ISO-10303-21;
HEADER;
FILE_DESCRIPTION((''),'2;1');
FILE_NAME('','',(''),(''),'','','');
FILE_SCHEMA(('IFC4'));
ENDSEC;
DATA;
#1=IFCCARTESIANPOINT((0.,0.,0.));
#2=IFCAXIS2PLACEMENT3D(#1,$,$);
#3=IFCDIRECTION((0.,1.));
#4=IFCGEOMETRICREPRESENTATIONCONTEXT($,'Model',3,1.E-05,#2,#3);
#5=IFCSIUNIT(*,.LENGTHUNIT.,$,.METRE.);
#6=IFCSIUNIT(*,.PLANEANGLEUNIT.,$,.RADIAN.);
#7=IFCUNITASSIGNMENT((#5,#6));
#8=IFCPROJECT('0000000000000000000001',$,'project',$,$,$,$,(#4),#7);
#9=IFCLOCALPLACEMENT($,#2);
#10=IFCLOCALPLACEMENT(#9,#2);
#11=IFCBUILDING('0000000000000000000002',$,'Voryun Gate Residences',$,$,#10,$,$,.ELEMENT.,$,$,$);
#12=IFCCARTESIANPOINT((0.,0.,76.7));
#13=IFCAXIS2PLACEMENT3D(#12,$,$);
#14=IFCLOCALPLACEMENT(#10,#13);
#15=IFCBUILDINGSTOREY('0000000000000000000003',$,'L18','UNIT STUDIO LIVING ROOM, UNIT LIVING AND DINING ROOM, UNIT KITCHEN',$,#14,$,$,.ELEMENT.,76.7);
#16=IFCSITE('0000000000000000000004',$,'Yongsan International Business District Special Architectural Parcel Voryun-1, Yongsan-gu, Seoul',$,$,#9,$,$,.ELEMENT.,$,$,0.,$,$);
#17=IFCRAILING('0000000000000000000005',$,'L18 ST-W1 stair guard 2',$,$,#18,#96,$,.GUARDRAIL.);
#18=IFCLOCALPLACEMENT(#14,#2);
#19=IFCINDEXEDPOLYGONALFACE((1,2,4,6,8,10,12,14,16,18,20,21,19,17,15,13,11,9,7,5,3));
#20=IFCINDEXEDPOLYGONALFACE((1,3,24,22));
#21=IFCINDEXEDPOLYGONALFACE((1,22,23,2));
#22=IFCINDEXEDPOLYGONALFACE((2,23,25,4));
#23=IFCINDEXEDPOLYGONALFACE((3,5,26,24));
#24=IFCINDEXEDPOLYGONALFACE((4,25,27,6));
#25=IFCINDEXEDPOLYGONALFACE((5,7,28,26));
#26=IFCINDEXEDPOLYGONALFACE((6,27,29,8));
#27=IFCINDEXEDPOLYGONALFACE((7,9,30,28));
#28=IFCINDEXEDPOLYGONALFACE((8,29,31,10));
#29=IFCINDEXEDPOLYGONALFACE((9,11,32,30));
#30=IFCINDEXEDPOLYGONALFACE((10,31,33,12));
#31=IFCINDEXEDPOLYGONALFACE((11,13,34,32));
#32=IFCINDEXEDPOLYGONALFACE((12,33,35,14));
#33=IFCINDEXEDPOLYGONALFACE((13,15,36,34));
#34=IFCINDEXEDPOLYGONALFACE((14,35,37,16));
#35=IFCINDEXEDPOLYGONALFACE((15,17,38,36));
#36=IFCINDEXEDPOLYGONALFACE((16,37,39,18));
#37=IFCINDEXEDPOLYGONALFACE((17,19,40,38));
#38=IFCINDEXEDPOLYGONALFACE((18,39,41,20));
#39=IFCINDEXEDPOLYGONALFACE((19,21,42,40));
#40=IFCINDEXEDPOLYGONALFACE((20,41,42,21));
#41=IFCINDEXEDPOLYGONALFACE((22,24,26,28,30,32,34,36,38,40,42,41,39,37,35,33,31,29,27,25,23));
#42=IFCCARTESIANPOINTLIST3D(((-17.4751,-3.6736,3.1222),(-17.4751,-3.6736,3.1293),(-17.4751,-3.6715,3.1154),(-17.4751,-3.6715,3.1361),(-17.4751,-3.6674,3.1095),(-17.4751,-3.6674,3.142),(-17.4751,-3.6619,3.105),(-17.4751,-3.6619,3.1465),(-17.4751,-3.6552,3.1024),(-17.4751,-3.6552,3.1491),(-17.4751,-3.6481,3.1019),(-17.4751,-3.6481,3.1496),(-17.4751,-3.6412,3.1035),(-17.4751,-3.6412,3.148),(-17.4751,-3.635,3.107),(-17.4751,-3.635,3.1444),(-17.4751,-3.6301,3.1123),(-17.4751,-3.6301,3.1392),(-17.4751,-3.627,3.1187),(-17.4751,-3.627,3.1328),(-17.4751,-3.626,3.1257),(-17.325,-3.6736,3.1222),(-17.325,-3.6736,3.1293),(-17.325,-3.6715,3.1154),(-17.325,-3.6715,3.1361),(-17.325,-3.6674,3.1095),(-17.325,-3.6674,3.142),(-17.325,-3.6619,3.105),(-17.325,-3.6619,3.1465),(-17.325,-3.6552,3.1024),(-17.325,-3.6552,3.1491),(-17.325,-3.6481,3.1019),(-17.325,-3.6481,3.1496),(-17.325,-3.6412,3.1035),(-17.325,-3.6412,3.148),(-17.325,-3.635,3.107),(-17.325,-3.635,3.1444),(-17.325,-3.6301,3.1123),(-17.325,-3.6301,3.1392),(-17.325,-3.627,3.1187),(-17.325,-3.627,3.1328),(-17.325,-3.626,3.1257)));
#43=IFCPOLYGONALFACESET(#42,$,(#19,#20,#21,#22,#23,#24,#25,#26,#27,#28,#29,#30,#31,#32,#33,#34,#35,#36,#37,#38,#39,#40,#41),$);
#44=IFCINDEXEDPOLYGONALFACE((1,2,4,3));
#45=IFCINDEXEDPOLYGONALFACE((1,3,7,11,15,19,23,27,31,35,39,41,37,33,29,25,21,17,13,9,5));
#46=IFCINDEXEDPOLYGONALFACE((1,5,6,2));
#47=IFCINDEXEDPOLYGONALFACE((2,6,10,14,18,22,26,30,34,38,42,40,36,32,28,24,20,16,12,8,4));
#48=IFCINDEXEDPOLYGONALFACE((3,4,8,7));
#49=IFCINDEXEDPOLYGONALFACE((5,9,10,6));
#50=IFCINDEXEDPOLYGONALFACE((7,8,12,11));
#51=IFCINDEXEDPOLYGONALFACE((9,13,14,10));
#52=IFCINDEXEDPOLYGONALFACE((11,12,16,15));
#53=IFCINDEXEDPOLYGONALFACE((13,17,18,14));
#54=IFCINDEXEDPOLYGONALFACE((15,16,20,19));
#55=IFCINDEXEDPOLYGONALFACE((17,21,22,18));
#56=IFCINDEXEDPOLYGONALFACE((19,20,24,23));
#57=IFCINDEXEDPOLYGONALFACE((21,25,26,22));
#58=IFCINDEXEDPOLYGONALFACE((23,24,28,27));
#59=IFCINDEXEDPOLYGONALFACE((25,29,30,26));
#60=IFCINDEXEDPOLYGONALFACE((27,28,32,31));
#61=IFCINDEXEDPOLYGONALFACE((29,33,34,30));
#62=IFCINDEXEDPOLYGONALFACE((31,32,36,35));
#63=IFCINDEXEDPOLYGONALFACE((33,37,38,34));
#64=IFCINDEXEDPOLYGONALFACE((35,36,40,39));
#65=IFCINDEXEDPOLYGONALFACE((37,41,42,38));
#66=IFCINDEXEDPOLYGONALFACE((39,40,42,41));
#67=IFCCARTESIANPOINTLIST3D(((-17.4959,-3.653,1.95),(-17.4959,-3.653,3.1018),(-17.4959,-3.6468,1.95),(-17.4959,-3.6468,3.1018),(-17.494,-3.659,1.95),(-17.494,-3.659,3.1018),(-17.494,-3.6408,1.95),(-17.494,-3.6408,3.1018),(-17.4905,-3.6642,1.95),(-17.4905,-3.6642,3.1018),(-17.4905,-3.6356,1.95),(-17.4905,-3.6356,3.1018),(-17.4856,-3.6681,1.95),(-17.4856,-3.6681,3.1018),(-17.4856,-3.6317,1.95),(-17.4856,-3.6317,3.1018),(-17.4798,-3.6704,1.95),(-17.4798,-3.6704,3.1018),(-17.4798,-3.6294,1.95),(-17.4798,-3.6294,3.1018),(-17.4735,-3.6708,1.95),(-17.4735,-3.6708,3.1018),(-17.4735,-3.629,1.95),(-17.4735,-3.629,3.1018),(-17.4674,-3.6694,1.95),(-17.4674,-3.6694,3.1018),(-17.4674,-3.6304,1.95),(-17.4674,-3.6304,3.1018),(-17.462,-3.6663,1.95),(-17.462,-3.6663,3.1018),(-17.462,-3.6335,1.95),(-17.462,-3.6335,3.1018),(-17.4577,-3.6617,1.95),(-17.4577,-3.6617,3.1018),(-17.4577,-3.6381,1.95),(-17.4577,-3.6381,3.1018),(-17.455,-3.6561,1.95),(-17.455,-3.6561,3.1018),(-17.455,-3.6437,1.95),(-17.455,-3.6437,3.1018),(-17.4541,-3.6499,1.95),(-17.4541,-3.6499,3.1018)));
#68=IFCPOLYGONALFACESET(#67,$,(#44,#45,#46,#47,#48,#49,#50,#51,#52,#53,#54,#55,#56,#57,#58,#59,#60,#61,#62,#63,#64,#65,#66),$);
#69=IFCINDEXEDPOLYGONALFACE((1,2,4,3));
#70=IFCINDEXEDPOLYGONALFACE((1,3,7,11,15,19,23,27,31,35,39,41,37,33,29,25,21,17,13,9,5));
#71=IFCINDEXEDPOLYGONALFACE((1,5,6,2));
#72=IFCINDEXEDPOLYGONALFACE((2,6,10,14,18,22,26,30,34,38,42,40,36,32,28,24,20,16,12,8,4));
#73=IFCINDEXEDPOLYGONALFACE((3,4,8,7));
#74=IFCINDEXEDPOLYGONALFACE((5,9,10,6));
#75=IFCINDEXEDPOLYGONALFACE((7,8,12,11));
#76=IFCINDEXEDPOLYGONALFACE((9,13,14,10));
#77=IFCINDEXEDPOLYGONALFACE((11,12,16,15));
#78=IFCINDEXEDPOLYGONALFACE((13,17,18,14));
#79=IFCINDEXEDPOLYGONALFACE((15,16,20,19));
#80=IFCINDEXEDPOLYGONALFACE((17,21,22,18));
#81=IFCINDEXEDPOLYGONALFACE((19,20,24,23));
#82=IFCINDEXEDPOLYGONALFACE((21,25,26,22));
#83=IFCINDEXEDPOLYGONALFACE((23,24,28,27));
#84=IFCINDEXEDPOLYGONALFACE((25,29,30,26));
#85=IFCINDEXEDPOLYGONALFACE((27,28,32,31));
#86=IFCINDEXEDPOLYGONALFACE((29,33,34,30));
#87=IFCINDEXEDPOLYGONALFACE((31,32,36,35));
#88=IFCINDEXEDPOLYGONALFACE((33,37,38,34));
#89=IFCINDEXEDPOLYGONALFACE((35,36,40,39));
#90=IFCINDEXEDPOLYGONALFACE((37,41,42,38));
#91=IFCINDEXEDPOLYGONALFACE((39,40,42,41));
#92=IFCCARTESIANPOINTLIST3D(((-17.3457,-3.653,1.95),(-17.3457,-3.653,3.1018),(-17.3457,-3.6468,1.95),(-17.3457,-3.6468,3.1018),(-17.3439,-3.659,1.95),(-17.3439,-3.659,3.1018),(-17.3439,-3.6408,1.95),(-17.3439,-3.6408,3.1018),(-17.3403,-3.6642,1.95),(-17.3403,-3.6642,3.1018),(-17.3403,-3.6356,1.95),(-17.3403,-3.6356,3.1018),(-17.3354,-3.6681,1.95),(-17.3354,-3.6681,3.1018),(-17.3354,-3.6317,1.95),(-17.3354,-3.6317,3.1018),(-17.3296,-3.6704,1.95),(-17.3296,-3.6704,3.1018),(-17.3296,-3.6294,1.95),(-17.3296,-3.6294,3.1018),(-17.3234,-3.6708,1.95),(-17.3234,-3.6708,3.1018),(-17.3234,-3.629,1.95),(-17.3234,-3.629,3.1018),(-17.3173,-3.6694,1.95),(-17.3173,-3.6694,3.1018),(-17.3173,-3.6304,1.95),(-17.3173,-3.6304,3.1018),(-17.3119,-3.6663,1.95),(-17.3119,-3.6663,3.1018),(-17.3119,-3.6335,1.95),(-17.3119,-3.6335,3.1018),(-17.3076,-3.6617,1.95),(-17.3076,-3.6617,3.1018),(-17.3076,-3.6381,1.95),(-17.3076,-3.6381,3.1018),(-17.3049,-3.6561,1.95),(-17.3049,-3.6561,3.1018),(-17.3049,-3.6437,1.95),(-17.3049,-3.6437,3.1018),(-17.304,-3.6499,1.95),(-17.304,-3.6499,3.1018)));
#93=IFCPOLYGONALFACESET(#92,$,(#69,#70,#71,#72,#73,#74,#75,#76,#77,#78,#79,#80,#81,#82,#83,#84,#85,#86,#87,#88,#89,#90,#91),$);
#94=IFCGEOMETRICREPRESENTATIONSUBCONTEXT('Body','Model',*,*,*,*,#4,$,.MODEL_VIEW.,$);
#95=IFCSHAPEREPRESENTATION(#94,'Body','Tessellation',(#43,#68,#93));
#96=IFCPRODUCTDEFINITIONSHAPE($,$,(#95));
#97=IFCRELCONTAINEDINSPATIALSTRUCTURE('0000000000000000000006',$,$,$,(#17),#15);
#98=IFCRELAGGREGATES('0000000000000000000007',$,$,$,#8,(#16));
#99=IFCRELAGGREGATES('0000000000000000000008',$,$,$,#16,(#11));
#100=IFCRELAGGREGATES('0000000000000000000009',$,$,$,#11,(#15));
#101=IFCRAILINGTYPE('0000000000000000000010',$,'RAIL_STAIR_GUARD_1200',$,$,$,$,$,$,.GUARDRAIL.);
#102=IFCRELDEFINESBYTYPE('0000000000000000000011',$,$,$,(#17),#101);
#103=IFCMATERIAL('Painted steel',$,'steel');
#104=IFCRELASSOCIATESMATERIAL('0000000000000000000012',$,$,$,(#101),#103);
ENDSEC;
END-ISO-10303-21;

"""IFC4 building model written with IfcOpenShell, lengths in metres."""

from ifc_helpers import new_model, si_unit, direction, frame, origin, origin_2d, place, context, subcontext, project, spatial, circle, extrude, material, type_object, element, save


model = new_model("IFC4")

# Units and contexts
model_context = context("Model", 3, precision=1e-05, world=origin(), true_north=direction((0.0, 1.0)))
body_context = subcontext(model_context, "Body", "Model", "MODEL_VIEW")
ifc_project = project(units=[si_unit("LENGTHUNIT", "METRE"), si_unit("PLANEANGLEUNIT", "RADIAN")], contexts=[model_context])

# Site, building, storey
site_placement = place(None, origin())
site = spatial("IfcSite", under=ifc_project, at=site_placement, Name="Yongsan International Business District Special Architectural Parcel Voryun-1, Yongsan-gu, Seoul", CompositionType="ELEMENT", RefElevation=0.0)
building_placement = place(site_placement, origin())
building = spatial("IfcBuilding", under=site, at=building_placement, Name="Voryun Gate Residences", CompositionType="ELEMENT")
storey_placement = place(building_placement, frame((0.0, 0.0, 76.7)))
storey = spatial("IfcBuildingStorey", under=building, at=storey_placement, Name="L18", Description="UNIT STUDIO LIVING ROOM, UNIT LIVING AND DINING ROOM, UNIT KITCHEN", CompositionType="ELEMENT", Elevation=76.7)

# Railing
ifc_material_1 = material(Name="Painted steel", Category="steel")
railing_type_1 = type_object("IfcRailingType", Name="RAIL_STAIR_GUARD_1200", PredefinedType="GUARDRAIL", material=ifc_material_1)
railing_1_placement = place(storey_placement, frame((-17.4751, -3.6499, 1.95)))
element("IfcRailing", 1, at=railing_1_placement, inside=storey, type_object=railing_type_1, Name="L18 ST-W1 stair guard 2", PredefinedType="GUARDRAIL", context=body_context, shape_type="SweptSolid", body=[
    extrude(circle(Radius=0.0239, at=origin_2d()), frame((0.0, 0.0, 1.1758), z_axis=(1.0, 0.0, 0.0), x_axis=(0.0, 1.0, 0.0)), (0.0, 0.0, 1.0), 0.1501),
    extrude(circle(Radius=0.021, at=origin_2d()), origin(), (0.0, 0.0, 1.0), 1.1519),
    extrude(circle(Radius=0.021, at=origin_2d()), frame((0.1501, 0.0, 0.0)), (0.0, 0.0, 1.0), 1.1519),
])

save(model, "model.ifc")
